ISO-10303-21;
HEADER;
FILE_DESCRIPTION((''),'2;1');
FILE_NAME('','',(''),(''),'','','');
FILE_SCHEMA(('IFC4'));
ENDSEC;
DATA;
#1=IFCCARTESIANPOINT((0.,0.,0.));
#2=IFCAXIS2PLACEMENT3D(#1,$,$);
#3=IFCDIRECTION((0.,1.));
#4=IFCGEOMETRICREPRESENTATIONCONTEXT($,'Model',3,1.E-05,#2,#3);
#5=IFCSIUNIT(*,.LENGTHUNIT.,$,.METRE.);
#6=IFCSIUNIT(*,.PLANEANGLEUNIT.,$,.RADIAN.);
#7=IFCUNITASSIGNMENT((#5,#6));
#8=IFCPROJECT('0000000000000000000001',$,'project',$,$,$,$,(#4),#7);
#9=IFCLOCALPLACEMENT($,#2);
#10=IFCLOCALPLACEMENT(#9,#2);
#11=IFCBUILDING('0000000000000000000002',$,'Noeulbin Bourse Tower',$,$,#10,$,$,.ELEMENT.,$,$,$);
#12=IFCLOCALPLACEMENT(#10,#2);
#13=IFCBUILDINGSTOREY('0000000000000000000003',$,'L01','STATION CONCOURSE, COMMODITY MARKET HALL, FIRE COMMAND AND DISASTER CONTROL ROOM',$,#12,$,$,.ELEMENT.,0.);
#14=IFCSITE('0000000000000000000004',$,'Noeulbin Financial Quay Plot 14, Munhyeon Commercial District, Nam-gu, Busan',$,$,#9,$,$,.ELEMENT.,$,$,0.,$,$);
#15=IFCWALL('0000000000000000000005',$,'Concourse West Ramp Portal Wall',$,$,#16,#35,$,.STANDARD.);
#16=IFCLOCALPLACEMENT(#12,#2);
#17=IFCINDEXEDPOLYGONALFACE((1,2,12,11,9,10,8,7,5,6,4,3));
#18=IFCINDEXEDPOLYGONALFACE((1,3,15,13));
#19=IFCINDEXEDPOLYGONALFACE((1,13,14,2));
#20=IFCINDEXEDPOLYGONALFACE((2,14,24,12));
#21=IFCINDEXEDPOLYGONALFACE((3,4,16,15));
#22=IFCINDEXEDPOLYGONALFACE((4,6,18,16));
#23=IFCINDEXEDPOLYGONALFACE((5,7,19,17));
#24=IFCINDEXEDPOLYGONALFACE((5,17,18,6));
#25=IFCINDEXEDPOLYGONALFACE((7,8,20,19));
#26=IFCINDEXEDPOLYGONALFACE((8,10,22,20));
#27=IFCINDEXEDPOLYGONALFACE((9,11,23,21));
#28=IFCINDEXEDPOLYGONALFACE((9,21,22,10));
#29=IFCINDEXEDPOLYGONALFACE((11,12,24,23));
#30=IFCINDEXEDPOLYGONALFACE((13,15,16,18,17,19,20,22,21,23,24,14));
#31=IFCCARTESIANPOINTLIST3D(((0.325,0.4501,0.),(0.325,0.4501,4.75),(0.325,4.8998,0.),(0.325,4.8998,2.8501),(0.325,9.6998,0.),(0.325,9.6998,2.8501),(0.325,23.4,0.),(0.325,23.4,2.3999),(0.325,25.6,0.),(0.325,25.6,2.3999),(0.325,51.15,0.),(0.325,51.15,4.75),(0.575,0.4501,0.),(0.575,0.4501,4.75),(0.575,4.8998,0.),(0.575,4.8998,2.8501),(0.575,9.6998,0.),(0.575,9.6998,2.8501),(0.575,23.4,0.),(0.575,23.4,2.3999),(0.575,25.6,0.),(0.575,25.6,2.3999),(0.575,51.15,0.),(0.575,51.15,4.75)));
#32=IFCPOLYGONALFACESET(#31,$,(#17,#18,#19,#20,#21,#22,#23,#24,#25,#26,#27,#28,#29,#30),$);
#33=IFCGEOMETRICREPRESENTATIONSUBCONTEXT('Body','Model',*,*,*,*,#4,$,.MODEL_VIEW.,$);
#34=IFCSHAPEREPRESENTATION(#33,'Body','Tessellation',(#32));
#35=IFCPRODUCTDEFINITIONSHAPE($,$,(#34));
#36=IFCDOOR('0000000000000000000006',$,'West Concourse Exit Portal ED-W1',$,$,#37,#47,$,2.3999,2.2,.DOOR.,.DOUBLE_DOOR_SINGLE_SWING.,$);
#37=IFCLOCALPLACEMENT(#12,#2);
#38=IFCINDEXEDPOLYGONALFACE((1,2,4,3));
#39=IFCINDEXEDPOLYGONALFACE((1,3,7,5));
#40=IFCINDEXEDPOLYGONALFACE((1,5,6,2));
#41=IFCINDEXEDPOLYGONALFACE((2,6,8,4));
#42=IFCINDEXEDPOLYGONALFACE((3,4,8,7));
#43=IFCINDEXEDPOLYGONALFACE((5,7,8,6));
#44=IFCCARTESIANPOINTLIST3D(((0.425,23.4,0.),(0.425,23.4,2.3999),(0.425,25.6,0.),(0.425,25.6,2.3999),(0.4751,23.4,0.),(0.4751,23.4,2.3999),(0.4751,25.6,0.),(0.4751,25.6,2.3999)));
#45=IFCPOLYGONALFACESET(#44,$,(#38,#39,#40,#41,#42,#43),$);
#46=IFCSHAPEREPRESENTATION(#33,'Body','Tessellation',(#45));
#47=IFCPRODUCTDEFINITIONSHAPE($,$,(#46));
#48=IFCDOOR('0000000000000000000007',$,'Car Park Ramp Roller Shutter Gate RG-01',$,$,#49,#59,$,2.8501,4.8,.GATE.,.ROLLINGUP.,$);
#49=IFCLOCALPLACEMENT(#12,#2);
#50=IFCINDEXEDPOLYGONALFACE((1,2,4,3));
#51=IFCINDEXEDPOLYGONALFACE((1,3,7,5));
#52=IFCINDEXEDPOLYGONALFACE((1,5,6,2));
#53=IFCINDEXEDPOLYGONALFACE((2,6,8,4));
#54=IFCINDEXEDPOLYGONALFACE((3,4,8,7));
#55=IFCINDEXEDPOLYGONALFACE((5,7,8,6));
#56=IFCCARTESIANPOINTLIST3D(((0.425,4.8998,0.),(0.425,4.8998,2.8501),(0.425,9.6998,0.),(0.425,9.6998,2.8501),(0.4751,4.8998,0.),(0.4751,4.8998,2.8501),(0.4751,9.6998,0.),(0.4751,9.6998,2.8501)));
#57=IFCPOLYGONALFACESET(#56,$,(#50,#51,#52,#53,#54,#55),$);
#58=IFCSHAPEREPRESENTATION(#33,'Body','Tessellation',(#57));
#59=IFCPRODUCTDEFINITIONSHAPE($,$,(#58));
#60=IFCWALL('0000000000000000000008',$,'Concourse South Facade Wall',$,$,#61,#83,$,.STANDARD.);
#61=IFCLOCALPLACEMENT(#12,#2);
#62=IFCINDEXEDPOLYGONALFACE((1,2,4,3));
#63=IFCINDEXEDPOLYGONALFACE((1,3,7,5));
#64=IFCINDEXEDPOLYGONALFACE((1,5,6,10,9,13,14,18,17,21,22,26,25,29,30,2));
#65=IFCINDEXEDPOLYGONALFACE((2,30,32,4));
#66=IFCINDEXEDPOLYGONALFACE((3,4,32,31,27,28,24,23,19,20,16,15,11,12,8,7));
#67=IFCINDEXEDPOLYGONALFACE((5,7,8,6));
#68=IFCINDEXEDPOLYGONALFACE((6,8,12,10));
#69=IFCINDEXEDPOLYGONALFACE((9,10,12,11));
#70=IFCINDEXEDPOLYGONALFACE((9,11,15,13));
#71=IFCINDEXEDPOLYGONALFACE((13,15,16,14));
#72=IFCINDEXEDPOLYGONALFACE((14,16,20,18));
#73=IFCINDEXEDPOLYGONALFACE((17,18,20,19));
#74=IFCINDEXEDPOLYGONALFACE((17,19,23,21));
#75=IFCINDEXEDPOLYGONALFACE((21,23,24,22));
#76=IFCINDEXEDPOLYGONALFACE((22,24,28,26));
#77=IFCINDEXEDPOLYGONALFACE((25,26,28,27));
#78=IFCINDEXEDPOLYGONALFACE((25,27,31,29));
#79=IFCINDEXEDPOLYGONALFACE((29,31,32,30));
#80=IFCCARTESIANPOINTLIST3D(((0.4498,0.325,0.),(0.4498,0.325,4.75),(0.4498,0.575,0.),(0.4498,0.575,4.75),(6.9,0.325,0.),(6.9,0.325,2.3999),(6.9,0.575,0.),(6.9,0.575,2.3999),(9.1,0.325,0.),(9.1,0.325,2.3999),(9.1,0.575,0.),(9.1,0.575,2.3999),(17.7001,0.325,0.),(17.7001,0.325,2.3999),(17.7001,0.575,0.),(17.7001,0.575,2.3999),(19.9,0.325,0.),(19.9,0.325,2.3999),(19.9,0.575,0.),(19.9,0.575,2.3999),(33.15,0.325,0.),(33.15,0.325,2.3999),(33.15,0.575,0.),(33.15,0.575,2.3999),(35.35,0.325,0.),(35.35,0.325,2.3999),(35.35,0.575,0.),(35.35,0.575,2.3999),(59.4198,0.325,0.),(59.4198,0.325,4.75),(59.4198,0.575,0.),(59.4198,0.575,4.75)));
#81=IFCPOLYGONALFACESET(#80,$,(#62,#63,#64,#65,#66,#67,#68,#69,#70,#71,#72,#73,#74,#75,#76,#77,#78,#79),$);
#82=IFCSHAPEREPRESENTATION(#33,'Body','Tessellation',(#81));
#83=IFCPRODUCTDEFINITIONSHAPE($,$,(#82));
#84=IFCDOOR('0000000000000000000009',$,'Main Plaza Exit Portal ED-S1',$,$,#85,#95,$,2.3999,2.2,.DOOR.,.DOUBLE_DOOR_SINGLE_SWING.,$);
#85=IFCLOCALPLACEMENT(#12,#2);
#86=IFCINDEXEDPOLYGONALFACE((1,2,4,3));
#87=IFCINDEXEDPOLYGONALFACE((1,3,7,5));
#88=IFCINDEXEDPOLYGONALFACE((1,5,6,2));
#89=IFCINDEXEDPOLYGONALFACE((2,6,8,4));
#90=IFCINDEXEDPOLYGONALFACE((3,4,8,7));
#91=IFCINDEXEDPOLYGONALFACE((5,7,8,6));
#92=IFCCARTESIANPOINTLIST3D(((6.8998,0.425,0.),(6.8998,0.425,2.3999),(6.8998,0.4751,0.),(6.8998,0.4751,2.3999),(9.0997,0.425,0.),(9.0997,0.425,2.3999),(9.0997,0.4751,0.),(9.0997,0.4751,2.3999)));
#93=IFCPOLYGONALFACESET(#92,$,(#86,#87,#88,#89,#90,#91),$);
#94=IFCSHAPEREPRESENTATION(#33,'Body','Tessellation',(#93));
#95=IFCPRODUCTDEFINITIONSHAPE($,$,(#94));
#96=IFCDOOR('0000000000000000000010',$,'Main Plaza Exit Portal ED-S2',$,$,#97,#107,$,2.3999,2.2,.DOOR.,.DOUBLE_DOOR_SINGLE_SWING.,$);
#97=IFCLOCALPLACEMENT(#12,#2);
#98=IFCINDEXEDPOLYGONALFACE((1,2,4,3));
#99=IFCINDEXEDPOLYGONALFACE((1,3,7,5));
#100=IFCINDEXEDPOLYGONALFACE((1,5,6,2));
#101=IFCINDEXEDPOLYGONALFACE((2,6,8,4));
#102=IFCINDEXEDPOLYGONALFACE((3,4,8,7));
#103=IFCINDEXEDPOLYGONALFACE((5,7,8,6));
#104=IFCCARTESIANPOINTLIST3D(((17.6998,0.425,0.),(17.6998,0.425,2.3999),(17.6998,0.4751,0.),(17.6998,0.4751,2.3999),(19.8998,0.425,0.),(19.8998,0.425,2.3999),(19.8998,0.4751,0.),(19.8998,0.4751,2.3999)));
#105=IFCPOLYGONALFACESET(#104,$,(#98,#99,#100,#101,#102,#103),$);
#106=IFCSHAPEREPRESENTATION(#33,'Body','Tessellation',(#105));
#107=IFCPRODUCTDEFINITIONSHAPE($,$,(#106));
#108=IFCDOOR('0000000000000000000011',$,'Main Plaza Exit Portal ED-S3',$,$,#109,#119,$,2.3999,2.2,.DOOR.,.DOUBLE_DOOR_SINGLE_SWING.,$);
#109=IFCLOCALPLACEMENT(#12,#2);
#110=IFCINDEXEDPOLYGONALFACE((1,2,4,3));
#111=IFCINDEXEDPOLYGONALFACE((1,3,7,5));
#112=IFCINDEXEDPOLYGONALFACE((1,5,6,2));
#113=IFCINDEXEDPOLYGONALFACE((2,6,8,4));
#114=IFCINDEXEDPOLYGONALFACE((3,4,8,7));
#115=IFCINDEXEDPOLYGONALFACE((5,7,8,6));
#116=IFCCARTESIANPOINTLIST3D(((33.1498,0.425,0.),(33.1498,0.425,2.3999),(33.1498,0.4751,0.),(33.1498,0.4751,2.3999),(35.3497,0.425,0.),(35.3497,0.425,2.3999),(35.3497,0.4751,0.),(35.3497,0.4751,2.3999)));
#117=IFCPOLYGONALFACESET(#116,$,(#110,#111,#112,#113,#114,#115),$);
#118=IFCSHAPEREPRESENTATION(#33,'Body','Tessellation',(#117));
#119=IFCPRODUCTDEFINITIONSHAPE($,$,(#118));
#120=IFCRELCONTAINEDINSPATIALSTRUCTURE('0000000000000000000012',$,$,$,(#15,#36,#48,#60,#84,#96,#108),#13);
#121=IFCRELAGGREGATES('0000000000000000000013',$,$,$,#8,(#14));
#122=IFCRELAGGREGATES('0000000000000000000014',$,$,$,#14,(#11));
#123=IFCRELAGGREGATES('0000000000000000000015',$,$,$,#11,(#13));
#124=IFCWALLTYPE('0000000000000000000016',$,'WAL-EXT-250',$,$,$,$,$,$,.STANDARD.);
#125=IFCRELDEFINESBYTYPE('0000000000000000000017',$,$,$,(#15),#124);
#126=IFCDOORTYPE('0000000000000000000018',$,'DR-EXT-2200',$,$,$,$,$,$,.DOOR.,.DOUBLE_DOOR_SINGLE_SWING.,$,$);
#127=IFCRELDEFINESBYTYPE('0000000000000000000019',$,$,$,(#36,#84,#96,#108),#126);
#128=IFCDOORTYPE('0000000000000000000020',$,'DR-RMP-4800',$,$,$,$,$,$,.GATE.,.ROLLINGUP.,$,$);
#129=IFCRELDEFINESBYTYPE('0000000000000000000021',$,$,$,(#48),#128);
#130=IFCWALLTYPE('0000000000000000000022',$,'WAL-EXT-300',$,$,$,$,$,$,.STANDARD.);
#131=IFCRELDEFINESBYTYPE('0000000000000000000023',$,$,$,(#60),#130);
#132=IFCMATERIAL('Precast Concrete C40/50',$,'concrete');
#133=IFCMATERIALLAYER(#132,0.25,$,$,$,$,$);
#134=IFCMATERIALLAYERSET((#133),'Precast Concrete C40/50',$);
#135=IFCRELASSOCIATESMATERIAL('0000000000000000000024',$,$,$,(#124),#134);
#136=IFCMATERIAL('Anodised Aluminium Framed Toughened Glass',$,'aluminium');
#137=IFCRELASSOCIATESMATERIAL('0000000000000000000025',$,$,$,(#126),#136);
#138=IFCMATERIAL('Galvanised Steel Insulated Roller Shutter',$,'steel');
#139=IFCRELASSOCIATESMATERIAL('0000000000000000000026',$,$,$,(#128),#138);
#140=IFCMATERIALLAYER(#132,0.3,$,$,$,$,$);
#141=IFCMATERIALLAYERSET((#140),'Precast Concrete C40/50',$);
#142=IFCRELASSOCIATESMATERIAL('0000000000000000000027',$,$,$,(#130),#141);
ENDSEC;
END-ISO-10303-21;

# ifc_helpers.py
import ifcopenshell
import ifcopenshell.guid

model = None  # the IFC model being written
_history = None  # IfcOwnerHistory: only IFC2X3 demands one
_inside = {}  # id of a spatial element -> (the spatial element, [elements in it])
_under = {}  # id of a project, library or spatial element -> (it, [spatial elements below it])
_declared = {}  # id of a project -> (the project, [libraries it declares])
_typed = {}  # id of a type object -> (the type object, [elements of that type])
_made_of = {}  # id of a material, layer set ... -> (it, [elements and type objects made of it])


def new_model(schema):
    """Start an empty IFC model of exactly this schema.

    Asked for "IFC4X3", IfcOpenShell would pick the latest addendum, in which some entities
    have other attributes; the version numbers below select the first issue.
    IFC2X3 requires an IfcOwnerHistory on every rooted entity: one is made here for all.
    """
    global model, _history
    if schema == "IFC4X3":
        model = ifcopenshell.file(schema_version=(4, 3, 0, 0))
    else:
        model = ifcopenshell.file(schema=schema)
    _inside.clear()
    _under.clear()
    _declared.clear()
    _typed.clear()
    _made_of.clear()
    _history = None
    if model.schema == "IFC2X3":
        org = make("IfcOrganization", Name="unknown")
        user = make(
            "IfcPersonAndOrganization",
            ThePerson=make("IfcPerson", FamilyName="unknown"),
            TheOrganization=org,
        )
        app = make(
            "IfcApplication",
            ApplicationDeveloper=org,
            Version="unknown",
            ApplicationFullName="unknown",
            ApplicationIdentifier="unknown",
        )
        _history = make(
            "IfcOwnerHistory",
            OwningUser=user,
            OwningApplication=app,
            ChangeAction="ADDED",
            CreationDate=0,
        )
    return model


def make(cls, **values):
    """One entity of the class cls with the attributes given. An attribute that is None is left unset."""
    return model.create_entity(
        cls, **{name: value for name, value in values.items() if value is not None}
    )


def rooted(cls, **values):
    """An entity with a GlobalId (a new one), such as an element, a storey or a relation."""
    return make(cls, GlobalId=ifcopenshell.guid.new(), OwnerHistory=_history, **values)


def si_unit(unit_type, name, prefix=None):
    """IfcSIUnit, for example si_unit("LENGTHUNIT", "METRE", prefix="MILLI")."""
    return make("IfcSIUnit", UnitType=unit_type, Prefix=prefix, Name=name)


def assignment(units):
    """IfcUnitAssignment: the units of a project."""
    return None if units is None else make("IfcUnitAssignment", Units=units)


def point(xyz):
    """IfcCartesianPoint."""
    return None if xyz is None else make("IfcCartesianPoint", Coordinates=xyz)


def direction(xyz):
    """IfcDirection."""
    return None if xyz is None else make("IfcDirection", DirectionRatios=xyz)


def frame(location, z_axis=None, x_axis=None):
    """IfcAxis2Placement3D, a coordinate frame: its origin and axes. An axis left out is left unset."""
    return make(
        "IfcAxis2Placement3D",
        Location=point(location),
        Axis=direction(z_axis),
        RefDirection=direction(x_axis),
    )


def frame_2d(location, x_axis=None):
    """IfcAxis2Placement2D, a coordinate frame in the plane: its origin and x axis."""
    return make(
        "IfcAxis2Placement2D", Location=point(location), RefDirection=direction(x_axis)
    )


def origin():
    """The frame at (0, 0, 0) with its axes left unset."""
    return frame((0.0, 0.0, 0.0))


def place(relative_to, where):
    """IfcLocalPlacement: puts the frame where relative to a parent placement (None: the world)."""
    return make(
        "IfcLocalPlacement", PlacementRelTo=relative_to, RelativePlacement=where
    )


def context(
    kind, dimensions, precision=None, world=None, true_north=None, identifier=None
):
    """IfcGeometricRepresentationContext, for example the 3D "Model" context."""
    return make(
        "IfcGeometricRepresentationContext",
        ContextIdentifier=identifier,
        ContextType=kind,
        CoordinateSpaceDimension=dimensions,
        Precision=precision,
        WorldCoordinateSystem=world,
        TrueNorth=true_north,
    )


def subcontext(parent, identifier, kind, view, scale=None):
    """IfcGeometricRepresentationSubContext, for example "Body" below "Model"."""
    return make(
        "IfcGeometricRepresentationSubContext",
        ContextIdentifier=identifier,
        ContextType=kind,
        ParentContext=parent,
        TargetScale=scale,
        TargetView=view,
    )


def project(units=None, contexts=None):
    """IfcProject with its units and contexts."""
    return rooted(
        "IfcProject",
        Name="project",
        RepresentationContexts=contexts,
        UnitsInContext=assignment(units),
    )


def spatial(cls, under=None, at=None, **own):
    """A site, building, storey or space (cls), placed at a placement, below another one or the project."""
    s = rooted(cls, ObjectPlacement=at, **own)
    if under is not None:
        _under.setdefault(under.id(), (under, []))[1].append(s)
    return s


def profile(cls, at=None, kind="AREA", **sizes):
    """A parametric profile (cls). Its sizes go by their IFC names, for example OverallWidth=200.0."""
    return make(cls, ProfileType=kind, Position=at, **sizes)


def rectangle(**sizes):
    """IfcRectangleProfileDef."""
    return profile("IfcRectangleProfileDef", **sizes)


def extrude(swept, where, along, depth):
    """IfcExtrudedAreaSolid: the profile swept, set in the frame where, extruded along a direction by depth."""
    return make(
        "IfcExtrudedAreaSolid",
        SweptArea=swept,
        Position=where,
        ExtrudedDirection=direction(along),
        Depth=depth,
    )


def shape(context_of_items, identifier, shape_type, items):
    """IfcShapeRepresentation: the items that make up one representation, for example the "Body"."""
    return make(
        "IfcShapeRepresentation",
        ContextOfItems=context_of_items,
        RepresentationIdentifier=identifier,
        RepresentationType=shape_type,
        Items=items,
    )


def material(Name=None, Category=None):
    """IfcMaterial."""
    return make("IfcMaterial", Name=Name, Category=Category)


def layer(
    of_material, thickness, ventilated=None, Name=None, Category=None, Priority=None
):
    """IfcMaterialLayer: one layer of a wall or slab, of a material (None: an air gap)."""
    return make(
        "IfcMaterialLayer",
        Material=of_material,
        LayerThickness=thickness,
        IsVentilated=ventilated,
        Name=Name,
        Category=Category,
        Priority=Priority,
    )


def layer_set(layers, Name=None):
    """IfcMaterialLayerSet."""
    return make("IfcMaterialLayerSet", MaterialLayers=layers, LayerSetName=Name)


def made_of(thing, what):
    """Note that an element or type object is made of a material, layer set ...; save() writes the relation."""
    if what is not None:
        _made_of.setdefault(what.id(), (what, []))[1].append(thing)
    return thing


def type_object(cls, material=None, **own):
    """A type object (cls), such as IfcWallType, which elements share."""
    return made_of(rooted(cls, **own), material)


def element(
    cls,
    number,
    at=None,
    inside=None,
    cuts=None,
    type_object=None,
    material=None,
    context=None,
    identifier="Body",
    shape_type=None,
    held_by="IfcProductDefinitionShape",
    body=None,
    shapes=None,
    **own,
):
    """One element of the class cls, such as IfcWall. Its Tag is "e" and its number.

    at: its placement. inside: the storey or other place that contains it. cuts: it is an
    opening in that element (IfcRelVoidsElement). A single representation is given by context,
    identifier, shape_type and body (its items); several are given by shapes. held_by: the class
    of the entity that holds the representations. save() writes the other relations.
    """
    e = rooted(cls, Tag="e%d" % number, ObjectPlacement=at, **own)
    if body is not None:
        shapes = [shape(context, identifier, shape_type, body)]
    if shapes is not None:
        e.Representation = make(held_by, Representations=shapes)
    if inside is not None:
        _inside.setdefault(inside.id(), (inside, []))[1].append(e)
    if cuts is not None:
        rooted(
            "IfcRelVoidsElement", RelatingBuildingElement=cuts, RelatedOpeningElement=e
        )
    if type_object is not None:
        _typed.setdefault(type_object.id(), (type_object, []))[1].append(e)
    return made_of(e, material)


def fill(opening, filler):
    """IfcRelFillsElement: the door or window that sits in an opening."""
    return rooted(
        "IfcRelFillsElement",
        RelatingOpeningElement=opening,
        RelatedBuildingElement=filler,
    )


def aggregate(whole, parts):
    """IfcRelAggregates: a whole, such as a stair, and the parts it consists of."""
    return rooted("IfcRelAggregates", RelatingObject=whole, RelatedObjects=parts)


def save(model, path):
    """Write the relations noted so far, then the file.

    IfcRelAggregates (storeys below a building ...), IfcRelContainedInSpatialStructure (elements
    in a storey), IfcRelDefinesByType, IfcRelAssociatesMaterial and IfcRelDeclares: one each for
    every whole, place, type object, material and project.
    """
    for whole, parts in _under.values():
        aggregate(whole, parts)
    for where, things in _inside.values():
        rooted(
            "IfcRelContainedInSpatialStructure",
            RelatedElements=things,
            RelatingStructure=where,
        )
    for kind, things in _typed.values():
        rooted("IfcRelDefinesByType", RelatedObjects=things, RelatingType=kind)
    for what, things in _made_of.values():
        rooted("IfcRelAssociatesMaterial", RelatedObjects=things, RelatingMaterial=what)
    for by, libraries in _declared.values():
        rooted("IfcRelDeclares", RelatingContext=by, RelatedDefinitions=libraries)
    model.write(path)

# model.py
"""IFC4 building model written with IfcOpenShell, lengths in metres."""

from ifc_helpers import new_model, si_unit, direction, frame, frame_2d, origin, place, context, subcontext, project, spatial, rectangle, extrude, material, layer, layer_set, type_object, element, fill, save


model = new_model("IFC4")

# Units and contexts
model_context = context("Model", 3, precision=1e-05, world=origin(), true_north=direction((0.0, 1.0)))
body_context = subcontext(model_context, "Body", "Model", "MODEL_VIEW")
ifc_project = project(units=[si_unit("LENGTHUNIT", "METRE"), si_unit("PLANEANGLEUNIT", "RADIAN")], contexts=[model_context])

# Site, building, storey
site_placement = place(None, origin())
site = spatial("IfcSite", under=ifc_project, at=site_placement, Name="Noeulbin Financial Quay Plot 14, Munhyeon Commercial District, Nam-gu, Busan", CompositionType="ELEMENT", RefElevation=0.0)
building_placement = place(site_placement, origin())
building = spatial("IfcBuilding", under=site, at=building_placement, Name="Noeulbin Bourse Tower", CompositionType="ELEMENT")
storey_placement = place(building_placement, origin())
storey = spatial("IfcBuildingStorey", under=building, at=storey_placement, Name="L01", Description="STATION CONCOURSE, COMMODITY MARKET HALL, FIRE COMMAND AND DISASTER CONTROL ROOM", CompositionType="ELEMENT", Elevation=0.0)

# Walls, openings, doors
ifc_material_1 = material(Name="Precast Concrete C40/50", Category="concrete")
ifc_layer_1 = layer(ifc_material_1, 0.25)
ifc_layer_set_1 = layer_set([ifc_layer_1], Name="Precast Concrete C40/50")
wall_type_1 = type_object("IfcWallType", Name="WAL-EXT-250", PredefinedType="STANDARD", material=ifc_layer_set_1)
wall_1_placement = place(storey_placement, frame((0.45, 0.45, 0.0), z_axis=(0.0, 0.0, 1.0), x_axis=(0.0, 1.0, 0.0)))
wall_1 = element("IfcWall", 1, at=wall_1_placement, inside=storey, type_object=wall_type_1, Name="Concourse West Ramp Portal Wall", PredefinedType="STANDARD", context=body_context, shape_type="SweptSolid", body=[
    extrude(rectangle(XDim=50.7, YDim=0.25, at=frame_2d((25.3501, 0.0))), origin(), (0.0, 0.0, 1.0), 4.75),
])
opening_1_placement = place(wall_1_placement, frame((22.95, 0.0, 0.0)))
opening_1 = element("IfcOpeningElement", 2, at=opening_1_placement, cuts=wall_1, PredefinedType="OPENING", context=body_context, shape_type="SweptSolid", body=[
    extrude(rectangle(XDim=2.2, YDim=2.3999, at=frame_2d((1.1001, 1.2))), frame((0.0, 0.135, 0.0), z_axis=(0.0, -1.0, 0.0), x_axis=(1.0, 0.0, 0.0)), (0.0, 0.0, 1.0), 0.27),
])
opening_2_placement = place(wall_1_placement, frame((4.45, 0.0, 0.0)))
opening_2 = element("IfcOpeningElement", 3, at=opening_2_placement, cuts=wall_1, PredefinedType="OPENING", context=body_context, shape_type="SweptSolid", body=[
    extrude(rectangle(XDim=4.8, YDim=2.8501, at=frame_2d((2.3999, 1.425))), frame((0.0, 0.135, 0.0), z_axis=(0.0, -1.0, 0.0), x_axis=(1.0, 0.0, 0.0)), (0.0, 0.0, 1.0), 0.27),
])
ifc_material_2 = material(Name="Anodised Aluminium Framed Toughened Glass", Category="aluminium")
door_type_1 = type_object("IfcDoorType", Name="DR-EXT-2200", OperationType="DOUBLE_DOOR_SINGLE_SWING", PredefinedType="DOOR", material=ifc_material_2)
door_1_placement = place(opening_1_placement, origin())
door_1 = element("IfcDoor", 4, at=door_1_placement, inside=storey, type_object=door_type_1, Name="West Concourse Exit Portal ED-W1", OperationType="DOUBLE_DOOR_SINGLE_SWING", OverallHeight=2.3999, OverallWidth=2.2, PredefinedType="DOOR", context=body_context, shape_type="SweptSolid", body=[
    extrude(rectangle(XDim=2.2, YDim=2.3999, at=frame_2d((1.1001, 1.2))), frame((0.0, 0.0249, 0.0), z_axis=(0.0, -1.0, 0.0), x_axis=(1.0, 0.0, 0.0)), (0.0, 0.0, 1.0), 0.05),
])
fill(opening_1, door_1)
ifc_material_3 = material(Name="Galvanised Steel Insulated Roller Shutter", Category="steel")
door_type_2 = type_object("IfcDoorType", Name="DR-RMP-4800", OperationType="ROLLINGUP", PredefinedType="GATE", material=ifc_material_3)
door_2_placement = place(opening_2_placement, origin())
door_2 = element("IfcDoor", 5, at=door_2_placement, inside=storey, type_object=door_type_2, Name="Car Park Ramp Roller Shutter Gate RG-01", OperationType="ROLLINGUP", OverallHeight=2.8501, OverallWidth=4.8, PredefinedType="GATE", context=body_context, shape_type="SweptSolid", body=[
    extrude(rectangle(XDim=4.8, YDim=2.8501, at=frame_2d((2.3999, 1.425))), frame((0.0, 0.0249, 0.0), z_axis=(0.0, -1.0, 0.0), x_axis=(1.0, 0.0, 0.0)), (0.0, 0.0, 1.0), 0.05),
])
fill(opening_2, door_2)
ifc_layer_2 = layer(ifc_material_1, 0.3)
ifc_layer_set_2 = layer_set([ifc_layer_2], Name="Precast Concrete C40/50")
wall_type_2 = type_object("IfcWallType", Name="WAL-EXT-300", PredefinedType="STANDARD", material=ifc_layer_set_2)
wall_2_placement = place(storey_placement, frame((0.45, 0.45, 0.0), z_axis=(0.0, 0.0, 1.0), x_axis=(1.0, 0.0, 0.0)))
wall_2 = element("IfcWall", 6, at=wall_2_placement, inside=storey, type_object=wall_type_2, Name="Concourse South Facade Wall", PredefinedType="STANDARD", context=body_context, shape_type="SweptSolid", body=[
    extrude(rectangle(XDim=58.97, YDim=0.25, at=frame_2d((29.4849, 0.0))), origin(), (0.0, 0.0, 1.0), 4.75),
])
opening_3_placement = place(wall_2_placement, frame((6.45, 0.0, 0.0)))
opening_3 = element("IfcOpeningElement", 7, at=opening_3_placement, cuts=wall_2, PredefinedType="OPENING", context=body_context, shape_type="SweptSolid", body=[
    extrude(rectangle(XDim=2.2, YDim=2.3999, at=frame_2d((1.1001, 1.2))), frame((0.0, 0.135, 0.0), z_axis=(0.0, -1.0, 0.0), x_axis=(1.0, 0.0, 0.0)), (0.0, 0.0, 1.0), 0.27),
])
opening_4_placement = place(wall_2_placement, frame((17.25, 0.0, 0.0)))
opening_4 = element("IfcOpeningElement", 8, at=opening_4_placement, cuts=wall_2, PredefinedType="OPENING", context=body_context, shape_type="SweptSolid", body=[
    extrude(rectangle(XDim=2.2, YDim=2.3999, at=frame_2d((1.1001, 1.2))), frame((0.0, 0.135, 0.0), z_axis=(0.0, -1.0, 0.0), x_axis=(1.0, 0.0, 0.0)), (0.0, 0.0, 1.0), 0.27),
])
opening_5_placement = place(wall_2_placement, frame((32.7, 0.0, 0.0)))
opening_5 = element("IfcOpeningElement", 9, at=opening_5_placement, cuts=wall_2, PredefinedType="OPENING", context=body_context, shape_type="SweptSolid", body=[
    extrude(rectangle(XDim=2.2, YDim=2.3999, at=frame_2d((1.1001, 1.2))), frame((0.0, 0.135, 0.0), z_axis=(0.0, -1.0, 0.0), x_axis=(1.0, 0.0, 0.0)), (0.0, 0.0, 1.0), 0.27),
])
door_3_placement = place(opening_3_placement, frame((2.2, 0.0, 0.0), z_axis=(0.0, 0.0, 1.0), x_axis=(-1.0, 0.0, 0.0)))
door_3 = element("IfcDoor", 10, at=door_3_placement, inside=storey, type_object=door_type_1, Name="Main Plaza Exit Portal ED-S1", OperationType="DOUBLE_DOOR_SINGLE_SWING", OverallHeight=2.3999, OverallWidth=2.2, PredefinedType="DOOR", context=body_context, shape_type="SweptSolid", body=[
    extrude(rectangle(XDim=2.2, YDim=2.3999, at=frame_2d((1.1001, 1.2))), frame((0.0, 0.0249, 0.0), z_axis=(0.0, -1.0, 0.0), x_axis=(1.0, 0.0, 0.0)), (0.0, 0.0, 1.0), 0.05),
])
fill(opening_3, door_3)
door_4_placement = place(opening_4_placement, frame((2.2, 0.0, 0.0), z_axis=(0.0, 0.0, 1.0), x_axis=(-1.0, 0.0, 0.0)))
door_4 = element("IfcDoor", 11, at=door_4_placement, inside=storey, type_object=door_type_1, Name="Main Plaza Exit Portal ED-S2", OperationType="DOUBLE_DOOR_SINGLE_SWING", OverallHeight=2.3999, OverallWidth=2.2, PredefinedType="DOOR", context=body_context, shape_type="SweptSolid", body=[
    extrude(rectangle(XDim=2.2, YDim=2.3999, at=frame_2d((1.1001, 1.2))), frame((0.0, 0.0249, 0.0), z_axis=(0.0, -1.0, 0.0), x_axis=(1.0, 0.0, 0.0)), (0.0, 0.0, 1.0), 0.05),
])
fill(opening_4, door_4)
door_5_placement = place(opening_5_placement, frame((2.2, 0.0, 0.0), z_axis=(0.0, 0.0, 1.0), x_axis=(-1.0, 0.0, 0.0)))
door_5 = element("IfcDoor", 12, at=door_5_placement, inside=storey, type_object=door_type_1, Name="Main Plaza Exit Portal ED-S3", OperationType="DOUBLE_DOOR_SINGLE_SWING", OverallHeight=2.3999, OverallWidth=2.2, PredefinedType="DOOR", context=body_context, shape_type="SweptSolid", body=[
    extrude(rectangle(XDim=2.2, YDim=2.3999, at=frame_2d((1.1001, 1.2))), frame((0.0, 0.0249, 0.0), z_axis=(0.0, -1.0, 0.0), x_axis=(1.0, 0.0, 0.0)), (0.0, 0.0, 1.0), 0.05),
])
fill(opening_5, door_5)

save(model, "model.ifc")
